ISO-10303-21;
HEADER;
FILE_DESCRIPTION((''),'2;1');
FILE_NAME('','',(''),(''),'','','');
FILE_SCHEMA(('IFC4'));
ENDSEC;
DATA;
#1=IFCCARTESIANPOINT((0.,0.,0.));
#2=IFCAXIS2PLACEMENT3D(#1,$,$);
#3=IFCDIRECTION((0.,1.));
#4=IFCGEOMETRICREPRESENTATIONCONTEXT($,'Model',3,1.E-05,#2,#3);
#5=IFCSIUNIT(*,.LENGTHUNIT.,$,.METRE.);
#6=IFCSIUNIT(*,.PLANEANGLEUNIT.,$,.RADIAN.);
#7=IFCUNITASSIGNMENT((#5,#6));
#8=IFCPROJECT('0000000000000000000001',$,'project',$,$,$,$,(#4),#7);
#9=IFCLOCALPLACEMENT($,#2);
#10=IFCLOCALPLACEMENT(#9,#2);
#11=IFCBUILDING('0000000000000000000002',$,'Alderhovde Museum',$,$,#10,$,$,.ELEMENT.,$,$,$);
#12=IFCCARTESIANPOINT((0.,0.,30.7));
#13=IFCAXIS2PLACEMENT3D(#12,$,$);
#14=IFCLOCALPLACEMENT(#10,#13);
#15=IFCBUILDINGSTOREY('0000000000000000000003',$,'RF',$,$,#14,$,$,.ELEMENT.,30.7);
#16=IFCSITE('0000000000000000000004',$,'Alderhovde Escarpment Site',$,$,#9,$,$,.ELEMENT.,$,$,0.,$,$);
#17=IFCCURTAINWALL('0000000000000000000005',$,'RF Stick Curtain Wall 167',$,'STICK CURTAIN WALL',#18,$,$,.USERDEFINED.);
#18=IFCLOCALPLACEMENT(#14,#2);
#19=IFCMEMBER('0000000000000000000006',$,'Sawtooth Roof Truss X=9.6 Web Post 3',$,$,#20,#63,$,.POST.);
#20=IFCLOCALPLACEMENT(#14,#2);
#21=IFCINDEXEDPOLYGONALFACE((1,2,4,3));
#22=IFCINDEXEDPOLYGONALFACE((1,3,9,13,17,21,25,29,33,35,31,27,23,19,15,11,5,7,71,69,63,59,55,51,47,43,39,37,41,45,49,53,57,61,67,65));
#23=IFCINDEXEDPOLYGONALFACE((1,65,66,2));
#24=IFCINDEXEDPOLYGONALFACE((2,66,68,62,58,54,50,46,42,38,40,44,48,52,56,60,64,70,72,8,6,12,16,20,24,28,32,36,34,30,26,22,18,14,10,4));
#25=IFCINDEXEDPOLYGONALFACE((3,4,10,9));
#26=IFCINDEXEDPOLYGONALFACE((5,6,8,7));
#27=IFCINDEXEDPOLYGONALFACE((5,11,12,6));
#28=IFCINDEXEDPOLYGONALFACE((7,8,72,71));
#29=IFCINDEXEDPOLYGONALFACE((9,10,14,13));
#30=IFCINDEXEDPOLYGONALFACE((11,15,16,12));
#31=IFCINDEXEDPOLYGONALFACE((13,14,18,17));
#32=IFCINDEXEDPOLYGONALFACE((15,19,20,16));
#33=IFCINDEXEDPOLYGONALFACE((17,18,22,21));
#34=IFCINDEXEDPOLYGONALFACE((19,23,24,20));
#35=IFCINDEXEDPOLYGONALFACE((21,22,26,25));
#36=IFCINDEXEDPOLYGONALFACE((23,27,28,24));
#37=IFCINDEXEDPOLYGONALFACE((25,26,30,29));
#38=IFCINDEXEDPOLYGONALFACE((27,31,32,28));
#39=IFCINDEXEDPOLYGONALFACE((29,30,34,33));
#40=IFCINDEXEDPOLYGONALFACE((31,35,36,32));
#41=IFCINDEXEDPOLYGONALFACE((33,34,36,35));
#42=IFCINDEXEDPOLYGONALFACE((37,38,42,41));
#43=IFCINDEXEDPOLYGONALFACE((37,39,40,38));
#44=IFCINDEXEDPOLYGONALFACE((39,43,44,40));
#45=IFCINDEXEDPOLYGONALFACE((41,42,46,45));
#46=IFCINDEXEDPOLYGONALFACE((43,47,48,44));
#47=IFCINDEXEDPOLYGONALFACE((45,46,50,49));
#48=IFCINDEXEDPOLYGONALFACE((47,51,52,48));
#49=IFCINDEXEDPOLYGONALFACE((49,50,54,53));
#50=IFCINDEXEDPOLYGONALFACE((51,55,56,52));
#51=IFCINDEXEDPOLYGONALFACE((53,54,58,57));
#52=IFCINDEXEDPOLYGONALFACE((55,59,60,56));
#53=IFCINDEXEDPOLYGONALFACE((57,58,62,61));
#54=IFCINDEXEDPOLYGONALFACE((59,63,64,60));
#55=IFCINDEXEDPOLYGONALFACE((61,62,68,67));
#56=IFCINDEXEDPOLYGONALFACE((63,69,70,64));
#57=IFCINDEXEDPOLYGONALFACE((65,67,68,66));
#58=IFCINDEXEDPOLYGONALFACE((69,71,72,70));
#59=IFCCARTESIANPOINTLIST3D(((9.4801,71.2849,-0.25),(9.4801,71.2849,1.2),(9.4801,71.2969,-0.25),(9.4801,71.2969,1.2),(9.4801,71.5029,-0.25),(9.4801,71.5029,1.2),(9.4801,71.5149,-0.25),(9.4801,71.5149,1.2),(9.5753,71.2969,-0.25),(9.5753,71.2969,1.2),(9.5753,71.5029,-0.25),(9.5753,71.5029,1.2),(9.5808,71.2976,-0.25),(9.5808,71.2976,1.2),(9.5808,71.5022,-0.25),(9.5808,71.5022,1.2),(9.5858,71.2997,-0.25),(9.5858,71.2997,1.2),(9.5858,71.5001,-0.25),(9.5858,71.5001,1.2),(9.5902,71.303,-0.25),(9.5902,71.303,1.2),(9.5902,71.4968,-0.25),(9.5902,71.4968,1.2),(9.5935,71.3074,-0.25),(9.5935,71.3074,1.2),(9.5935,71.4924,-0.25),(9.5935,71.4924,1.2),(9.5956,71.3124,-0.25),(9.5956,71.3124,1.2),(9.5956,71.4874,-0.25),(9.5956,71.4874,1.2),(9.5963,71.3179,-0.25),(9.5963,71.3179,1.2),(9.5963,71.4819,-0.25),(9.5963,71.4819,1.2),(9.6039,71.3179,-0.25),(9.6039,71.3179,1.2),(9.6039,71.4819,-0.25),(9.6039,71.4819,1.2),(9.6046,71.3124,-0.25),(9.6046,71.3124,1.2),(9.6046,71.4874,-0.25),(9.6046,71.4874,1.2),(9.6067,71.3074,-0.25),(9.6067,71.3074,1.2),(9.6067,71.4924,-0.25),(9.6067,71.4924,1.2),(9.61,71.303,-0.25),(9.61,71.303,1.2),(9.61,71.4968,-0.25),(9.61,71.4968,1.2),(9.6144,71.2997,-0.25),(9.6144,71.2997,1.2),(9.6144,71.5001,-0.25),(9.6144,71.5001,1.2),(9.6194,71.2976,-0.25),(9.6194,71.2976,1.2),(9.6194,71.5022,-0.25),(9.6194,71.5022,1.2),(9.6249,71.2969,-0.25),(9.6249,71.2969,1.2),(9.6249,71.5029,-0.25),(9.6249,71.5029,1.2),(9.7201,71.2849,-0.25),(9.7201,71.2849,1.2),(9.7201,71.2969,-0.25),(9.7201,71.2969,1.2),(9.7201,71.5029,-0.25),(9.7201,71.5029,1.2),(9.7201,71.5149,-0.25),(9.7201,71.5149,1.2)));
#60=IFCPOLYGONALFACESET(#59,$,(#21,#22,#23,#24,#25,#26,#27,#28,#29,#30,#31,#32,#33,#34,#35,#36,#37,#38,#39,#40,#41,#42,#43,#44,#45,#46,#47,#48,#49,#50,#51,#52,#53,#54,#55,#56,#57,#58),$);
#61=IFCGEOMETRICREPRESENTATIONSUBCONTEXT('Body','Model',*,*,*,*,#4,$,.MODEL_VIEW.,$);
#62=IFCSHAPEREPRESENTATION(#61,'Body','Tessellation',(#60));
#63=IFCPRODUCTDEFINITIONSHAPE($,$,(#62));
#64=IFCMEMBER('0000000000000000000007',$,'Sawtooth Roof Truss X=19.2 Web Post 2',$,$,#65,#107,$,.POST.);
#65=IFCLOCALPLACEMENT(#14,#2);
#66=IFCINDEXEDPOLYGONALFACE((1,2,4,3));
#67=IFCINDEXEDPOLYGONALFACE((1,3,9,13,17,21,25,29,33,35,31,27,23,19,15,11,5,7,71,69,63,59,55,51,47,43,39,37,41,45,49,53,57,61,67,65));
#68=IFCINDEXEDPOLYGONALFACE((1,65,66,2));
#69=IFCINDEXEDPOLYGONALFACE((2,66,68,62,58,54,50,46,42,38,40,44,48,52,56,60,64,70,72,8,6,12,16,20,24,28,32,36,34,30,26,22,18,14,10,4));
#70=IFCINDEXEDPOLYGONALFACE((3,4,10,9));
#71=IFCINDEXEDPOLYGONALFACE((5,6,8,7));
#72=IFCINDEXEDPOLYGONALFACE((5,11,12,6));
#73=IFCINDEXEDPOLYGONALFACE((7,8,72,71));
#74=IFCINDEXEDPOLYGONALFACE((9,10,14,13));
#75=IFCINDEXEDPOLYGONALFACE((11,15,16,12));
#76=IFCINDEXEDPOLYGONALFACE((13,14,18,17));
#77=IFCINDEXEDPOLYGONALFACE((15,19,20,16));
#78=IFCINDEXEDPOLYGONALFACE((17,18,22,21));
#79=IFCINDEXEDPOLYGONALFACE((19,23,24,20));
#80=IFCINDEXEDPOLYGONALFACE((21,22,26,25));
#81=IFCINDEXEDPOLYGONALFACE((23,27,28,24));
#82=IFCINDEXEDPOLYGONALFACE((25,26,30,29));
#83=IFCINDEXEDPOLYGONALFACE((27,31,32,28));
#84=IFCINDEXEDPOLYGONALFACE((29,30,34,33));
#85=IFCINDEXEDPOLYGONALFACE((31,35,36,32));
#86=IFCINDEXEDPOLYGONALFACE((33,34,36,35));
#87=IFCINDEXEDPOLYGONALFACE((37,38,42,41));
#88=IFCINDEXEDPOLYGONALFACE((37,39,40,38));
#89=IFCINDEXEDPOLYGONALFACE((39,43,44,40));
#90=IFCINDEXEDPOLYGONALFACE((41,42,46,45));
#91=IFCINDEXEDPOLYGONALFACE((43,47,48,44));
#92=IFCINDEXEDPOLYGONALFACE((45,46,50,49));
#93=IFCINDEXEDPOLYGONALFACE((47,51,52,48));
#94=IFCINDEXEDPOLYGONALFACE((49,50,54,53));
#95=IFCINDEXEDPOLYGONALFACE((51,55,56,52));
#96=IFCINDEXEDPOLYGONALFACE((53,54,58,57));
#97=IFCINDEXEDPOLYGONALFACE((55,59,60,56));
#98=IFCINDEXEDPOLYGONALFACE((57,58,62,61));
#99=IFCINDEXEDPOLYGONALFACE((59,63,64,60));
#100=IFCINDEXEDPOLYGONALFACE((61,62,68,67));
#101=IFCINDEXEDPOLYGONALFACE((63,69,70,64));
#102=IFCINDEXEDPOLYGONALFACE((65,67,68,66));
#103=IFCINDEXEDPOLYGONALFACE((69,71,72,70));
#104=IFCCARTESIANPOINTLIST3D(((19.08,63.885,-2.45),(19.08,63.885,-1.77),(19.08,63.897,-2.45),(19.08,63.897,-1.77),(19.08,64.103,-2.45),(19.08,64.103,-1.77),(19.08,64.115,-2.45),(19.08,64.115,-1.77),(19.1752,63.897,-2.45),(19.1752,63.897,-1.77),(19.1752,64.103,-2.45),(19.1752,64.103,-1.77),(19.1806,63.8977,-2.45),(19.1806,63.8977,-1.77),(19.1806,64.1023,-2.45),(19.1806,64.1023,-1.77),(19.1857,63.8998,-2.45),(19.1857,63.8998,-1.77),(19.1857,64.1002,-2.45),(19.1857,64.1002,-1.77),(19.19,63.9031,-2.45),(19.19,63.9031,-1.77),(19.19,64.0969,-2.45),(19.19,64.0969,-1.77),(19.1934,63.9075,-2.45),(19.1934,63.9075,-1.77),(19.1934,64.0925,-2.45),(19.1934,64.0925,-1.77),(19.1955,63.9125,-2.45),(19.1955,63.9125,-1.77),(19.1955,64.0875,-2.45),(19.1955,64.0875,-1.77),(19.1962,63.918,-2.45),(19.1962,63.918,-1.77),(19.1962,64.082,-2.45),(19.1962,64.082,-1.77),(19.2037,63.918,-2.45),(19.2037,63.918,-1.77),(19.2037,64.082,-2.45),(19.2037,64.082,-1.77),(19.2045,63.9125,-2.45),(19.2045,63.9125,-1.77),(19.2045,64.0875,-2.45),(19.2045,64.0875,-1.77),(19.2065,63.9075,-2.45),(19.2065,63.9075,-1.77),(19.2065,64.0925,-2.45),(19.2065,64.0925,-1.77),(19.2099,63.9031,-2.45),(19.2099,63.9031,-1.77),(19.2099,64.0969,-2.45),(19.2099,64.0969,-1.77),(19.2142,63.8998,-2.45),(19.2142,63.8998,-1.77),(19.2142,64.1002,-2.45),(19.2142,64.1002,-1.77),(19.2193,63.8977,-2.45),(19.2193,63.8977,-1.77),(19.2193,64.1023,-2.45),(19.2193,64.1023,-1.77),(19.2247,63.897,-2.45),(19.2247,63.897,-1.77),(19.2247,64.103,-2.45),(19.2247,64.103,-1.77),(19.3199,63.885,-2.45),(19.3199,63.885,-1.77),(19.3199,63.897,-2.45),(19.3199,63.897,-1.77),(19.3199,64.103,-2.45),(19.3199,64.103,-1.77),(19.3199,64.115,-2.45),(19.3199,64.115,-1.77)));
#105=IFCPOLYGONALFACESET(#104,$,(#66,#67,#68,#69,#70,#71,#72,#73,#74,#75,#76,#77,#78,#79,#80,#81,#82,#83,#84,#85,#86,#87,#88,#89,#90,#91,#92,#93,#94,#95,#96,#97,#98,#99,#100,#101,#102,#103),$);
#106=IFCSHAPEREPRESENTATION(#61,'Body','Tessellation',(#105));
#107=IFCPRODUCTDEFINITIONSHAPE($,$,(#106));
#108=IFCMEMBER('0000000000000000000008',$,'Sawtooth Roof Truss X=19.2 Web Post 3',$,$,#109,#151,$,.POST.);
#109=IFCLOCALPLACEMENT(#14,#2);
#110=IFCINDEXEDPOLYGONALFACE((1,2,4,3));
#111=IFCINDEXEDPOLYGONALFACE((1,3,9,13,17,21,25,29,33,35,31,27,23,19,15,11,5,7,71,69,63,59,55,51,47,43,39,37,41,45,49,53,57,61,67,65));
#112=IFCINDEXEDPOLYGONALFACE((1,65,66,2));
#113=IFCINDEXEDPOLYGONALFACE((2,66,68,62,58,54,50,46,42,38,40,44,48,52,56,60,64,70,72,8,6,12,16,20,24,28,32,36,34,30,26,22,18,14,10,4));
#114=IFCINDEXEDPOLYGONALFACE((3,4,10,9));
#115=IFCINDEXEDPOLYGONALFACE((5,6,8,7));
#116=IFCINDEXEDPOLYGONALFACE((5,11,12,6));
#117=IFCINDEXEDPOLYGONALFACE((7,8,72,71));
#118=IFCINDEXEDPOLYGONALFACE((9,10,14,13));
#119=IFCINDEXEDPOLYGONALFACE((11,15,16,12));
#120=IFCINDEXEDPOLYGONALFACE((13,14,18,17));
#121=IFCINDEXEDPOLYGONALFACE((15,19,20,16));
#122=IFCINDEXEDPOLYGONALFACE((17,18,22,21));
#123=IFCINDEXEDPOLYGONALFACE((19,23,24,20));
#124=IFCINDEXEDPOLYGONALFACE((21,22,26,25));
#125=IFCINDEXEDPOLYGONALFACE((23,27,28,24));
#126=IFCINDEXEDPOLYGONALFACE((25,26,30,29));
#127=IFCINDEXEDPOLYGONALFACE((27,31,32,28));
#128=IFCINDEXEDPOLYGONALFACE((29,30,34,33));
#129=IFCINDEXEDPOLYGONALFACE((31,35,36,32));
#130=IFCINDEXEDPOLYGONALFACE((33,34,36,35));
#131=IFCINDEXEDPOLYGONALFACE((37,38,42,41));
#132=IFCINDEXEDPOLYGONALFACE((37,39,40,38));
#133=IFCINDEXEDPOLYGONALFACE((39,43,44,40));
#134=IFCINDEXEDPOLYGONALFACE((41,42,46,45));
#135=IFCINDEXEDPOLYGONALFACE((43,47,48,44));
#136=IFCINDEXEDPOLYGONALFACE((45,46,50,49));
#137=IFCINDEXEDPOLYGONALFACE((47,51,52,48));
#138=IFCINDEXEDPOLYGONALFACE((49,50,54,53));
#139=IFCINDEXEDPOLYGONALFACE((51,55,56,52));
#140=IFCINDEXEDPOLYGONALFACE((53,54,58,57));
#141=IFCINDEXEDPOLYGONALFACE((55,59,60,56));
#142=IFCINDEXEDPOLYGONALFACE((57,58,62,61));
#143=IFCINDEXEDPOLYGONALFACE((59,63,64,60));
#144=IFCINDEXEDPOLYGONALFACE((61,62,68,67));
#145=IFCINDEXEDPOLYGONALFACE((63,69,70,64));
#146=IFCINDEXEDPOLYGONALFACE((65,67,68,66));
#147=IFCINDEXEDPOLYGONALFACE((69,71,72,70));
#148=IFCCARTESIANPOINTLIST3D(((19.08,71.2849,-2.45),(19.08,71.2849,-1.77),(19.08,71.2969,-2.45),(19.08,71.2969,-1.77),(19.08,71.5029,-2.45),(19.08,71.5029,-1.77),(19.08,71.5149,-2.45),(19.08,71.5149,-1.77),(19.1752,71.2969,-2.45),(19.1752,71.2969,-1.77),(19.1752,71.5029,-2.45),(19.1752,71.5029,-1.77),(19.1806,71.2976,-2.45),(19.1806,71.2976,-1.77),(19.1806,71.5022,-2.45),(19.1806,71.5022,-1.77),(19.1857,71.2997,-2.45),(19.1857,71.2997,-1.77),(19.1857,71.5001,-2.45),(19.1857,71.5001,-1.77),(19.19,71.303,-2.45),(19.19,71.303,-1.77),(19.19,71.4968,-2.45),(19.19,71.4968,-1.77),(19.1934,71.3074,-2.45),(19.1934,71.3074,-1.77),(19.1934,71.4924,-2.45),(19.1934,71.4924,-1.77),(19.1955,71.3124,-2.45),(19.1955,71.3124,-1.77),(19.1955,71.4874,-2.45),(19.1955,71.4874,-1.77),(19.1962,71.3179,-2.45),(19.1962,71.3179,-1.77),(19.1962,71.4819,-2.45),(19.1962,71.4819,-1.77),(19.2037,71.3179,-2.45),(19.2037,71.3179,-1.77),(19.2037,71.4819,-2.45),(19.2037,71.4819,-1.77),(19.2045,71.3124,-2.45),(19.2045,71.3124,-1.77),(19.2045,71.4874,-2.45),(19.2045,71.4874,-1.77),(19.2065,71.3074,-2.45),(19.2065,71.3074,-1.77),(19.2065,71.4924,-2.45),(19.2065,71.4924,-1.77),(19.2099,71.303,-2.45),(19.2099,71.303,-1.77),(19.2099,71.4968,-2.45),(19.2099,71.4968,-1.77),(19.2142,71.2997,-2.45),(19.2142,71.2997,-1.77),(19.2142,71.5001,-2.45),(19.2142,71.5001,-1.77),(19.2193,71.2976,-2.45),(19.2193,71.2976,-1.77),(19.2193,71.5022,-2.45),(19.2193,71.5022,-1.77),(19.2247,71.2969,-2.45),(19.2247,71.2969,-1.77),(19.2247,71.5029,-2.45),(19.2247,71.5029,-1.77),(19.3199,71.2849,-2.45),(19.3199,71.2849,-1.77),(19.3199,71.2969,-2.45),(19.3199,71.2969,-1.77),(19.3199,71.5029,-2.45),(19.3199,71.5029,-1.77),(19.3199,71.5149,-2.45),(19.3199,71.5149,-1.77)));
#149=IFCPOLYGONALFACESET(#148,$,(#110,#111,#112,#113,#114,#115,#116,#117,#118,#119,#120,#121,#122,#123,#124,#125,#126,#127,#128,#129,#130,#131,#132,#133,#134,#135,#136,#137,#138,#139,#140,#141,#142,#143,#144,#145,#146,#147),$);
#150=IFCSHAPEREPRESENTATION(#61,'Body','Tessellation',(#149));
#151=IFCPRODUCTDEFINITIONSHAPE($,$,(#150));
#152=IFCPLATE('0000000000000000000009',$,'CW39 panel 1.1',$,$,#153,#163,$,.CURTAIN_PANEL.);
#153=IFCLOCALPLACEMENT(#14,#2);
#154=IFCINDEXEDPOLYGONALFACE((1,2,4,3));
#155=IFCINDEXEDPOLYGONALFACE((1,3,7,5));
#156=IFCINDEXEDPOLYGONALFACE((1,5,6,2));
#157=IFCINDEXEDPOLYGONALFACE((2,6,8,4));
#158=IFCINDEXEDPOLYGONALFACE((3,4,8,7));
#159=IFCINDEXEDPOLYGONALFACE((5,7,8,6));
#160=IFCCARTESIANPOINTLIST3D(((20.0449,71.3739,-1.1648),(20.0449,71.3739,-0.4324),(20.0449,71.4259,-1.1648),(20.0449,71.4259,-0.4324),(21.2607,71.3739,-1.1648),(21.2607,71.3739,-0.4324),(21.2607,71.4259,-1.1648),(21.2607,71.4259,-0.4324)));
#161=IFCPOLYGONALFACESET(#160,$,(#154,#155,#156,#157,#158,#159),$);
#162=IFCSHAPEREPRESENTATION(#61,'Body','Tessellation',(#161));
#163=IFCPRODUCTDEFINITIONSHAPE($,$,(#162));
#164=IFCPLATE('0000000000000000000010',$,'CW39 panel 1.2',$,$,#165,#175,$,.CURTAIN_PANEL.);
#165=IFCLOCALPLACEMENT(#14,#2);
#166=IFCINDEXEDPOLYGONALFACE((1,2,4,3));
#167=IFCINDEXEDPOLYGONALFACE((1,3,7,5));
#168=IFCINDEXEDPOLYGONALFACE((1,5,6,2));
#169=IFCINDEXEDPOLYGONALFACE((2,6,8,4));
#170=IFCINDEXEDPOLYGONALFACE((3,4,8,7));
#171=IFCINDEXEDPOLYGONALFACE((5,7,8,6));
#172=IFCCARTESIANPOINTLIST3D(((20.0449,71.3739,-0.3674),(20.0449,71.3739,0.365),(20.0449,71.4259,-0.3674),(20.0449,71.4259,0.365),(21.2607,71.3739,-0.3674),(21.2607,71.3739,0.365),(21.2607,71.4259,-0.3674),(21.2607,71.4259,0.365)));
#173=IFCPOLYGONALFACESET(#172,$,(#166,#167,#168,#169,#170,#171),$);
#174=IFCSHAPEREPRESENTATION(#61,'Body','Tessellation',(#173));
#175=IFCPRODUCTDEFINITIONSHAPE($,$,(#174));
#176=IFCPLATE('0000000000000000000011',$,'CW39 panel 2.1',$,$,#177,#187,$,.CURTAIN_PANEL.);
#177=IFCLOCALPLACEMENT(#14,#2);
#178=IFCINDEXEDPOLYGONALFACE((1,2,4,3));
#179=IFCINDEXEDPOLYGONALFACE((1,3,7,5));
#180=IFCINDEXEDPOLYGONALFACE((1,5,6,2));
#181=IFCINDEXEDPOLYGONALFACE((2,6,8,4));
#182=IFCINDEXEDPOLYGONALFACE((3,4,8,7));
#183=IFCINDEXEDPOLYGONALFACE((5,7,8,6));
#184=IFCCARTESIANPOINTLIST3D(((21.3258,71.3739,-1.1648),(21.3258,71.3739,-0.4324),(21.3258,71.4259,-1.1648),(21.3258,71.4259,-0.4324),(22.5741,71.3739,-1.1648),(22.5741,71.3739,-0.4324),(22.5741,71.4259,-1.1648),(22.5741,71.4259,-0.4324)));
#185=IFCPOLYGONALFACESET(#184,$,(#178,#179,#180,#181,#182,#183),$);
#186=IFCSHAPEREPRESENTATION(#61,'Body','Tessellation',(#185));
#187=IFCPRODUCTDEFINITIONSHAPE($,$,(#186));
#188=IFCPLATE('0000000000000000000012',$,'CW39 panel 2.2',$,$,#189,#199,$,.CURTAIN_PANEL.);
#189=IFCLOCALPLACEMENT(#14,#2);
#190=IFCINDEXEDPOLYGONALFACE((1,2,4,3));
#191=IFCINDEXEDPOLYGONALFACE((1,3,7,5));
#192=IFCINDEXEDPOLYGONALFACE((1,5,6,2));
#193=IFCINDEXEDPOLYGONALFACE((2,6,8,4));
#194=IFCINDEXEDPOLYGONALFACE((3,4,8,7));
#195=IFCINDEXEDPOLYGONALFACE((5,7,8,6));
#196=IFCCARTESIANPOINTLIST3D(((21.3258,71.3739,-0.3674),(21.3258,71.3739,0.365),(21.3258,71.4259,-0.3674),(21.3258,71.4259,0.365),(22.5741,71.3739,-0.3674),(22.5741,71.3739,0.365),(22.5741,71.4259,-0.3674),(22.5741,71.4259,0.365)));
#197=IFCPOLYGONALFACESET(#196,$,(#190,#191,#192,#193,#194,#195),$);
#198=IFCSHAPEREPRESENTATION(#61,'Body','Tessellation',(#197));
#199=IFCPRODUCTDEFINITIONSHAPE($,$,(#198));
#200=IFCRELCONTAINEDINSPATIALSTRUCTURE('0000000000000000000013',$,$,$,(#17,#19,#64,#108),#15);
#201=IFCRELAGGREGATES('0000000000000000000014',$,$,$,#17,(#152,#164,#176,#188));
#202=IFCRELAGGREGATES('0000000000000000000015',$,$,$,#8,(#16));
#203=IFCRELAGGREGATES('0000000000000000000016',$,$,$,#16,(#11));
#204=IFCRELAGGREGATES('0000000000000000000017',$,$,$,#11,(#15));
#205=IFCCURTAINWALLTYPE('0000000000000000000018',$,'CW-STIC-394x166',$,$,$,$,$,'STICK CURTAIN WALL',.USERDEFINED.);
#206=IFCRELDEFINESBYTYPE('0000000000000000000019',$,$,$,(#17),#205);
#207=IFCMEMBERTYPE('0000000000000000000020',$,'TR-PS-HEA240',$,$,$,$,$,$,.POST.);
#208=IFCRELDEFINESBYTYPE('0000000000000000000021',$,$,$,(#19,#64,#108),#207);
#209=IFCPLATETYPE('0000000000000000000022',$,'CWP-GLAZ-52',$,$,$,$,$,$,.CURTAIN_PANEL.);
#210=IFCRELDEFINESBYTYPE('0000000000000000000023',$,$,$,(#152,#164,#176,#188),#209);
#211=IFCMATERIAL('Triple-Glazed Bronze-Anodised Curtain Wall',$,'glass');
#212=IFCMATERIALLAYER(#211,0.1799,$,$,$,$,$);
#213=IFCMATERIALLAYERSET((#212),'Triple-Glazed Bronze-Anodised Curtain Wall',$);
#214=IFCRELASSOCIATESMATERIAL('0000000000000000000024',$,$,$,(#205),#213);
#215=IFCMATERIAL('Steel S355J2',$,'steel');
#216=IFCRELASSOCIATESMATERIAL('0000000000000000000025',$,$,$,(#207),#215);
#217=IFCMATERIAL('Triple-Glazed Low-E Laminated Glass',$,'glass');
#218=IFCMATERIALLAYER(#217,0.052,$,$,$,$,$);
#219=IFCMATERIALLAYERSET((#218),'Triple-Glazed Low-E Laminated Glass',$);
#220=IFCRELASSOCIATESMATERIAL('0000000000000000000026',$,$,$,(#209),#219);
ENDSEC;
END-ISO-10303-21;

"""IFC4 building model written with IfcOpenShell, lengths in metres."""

from ifc_helpers import new_model, si_unit, direction, frame, origin, origin_2d, place, context, subcontext, project, spatial, rectangle, i_section, extrude, material, layer, layer_set, material_profile, profile_set, type_object, element, aggregate, save


model = new_model("IFC4")

# Units and contexts
model_context = context("Model", 3, precision=1e-05, world=origin(), true_north=direction((0.0, 1.0)))
body_context = subcontext(model_context, "Body", "Model", "MODEL_VIEW")
ifc_project = project(units=[si_unit("LENGTHUNIT", "METRE"), si_unit("PLANEANGLEUNIT", "RADIAN")], contexts=[model_context])

# Site, building, storey
site_placement = place(None, origin())
site = spatial("IfcSite", under=ifc_project, at=site_placement, Name="Alderhovde Escarpment Site", CompositionType="ELEMENT", RefElevation=0.0)
building_placement = place(site_placement, origin())
building = spatial("IfcBuilding", under=site, at=building_placement, Name="Alderhovde Museum", CompositionType="ELEMENT")
storey_placement = place(building_placement, frame((0.0, 0.0, 30.7)))
storey = spatial("IfcBuildingStorey", under=building, at=storey_placement, Name="RF", CompositionType="ELEMENT", Elevation=30.7)

# Curtain wall
ifc_material_1 = material(Name="Triple-Glazed Bronze-Anodised Curtain Wall", Category="glass")
ifc_layer_1 = layer(ifc_material_1, 0.1799)
ifc_layer_set_1 = layer_set([ifc_layer_1], Name="Triple-Glazed Bronze-Anodised Curtain Wall")
curtain_wall_type = type_object("IfcCurtainWallType", Name="CW-STIC-394x166", ElementType="STICK CURTAIN WALL", PredefinedType="USERDEFINED", material=ifc_layer_set_1)
curtain_wall_placement = place(storey_placement, origin())
curtain_wall = element("IfcCurtainWall", 1, at=curtain_wall_placement, inside=storey, type_object=curtain_wall_type, Name="RF Stick Curtain Wall 167", ObjectType="STICK CURTAIN WALL", PredefinedType="USERDEFINED")

# Members
ifc_material_2 = material(Name="Steel S355J2", Category="steel")
ifc_material_profile_1 = material_profile(ifc_material_2, i_section(OverallWidth=0.24, OverallDepth=0.23, WebThickness=0.0076, FlangeThickness=0.012, FilletRadius=0.021, at=origin_2d()), Name="HEA 240")
ifc_profile_set_1 = profile_set([ifc_material_profile_1], Name="Steel S355J2")
member_type_1 = type_object("IfcMemberType", Name="TR-PS-HEA240", PredefinedType="POST", material=ifc_profile_set_1)
member_1_placement = place(storey_placement, frame((9.6001, 71.3999, -0.25), z_axis=(0.0, 0.0, 1.0), x_axis=(1.0, 0.0, 0.0)))
element("IfcMember", 2, at=member_1_placement, inside=storey, type_object=member_type_1, Name="Sawtooth Roof Truss X=9.6 Web Post 3", PredefinedType="POST", context=body_context, shape_type="SweptSolid", body=[
    extrude(i_section(OverallWidth=0.24, OverallDepth=0.23, WebThickness=0.0076, FlangeThickness=0.012, FilletRadius=0.021, at=origin_2d()), origin(), (0.0, 0.0, 1.0), 1.45),
])
for number, where, z_axis, x_axis, name in (
    (3, (19.2, 64.0, -2.45), (0.0, 0.0, 1.0), (1.0, 0.0, 0.0), "Sawtooth Roof Truss X=19.2 Web Post 2"),
    (4, (19.2, 71.3999, -2.45), (0.0, 0.0, 1.0), (1.0, 0.0, 0.0), "Sawtooth Roof Truss X=19.2 Web Post 3"),
):
    element("IfcMember", number, at=place(storey_placement, frame(where, z_axis=z_axis, x_axis=x_axis)), inside=storey, type_object=member_type_1, Name=name, PredefinedType="POST", context=body_context, shape_type="SweptSolid", body=[
        extrude(i_section(OverallWidth=0.24, OverallDepth=0.23, WebThickness=0.0076, FlangeThickness=0.012, FilletRadius=0.021, at=origin_2d()), origin(), (0.0, 0.0, 1.0), 0.6799),
    ])

# Plates
ifc_material_3 = material(Name="Triple-Glazed Low-E Laminated Glass", Category="glass")
ifc_layer_2 = layer(ifc_material_3, 0.052)
ifc_layer_set_2 = layer_set([ifc_layer_2], Name="Triple-Glazed Low-E Laminated Glass")
plate_type_1 = type_object("IfcPlateType", Name="CWP-GLAZ-52", PredefinedType="CURTAIN_PANEL", material=ifc_layer_set_2)
plate_1_placement = place(storey_placement, frame((20.6528, 71.3999, -1.1648), z_axis=(0.0, 0.0, 1.0), x_axis=(1.0, 0.0, 0.0)))
plate_1 = element("IfcPlate", 5, at=plate_1_placement, type_object=plate_type_1, Name="CW39 panel 1.1", PredefinedType="CURTAIN_PANEL", context=body_context, shape_type="SweptSolid", body=[
    extrude(rectangle(XDim=1.2158, YDim=0.052, at=origin_2d()), origin(), (0.0, 0.0, 1.0), 0.7324),
])
plate_2_placement = place(storey_placement, frame((20.6528, 71.3999, -0.3674), z_axis=(0.0, 0.0, 1.0), x_axis=(1.0, 0.0, 0.0)))
plate_2 = element("IfcPlate", 6, at=plate_2_placement, type_object=plate_type_1, Name="CW39 panel 1.2", PredefinedType="CURTAIN_PANEL", context=body_context, shape_type="SweptSolid", body=[
    extrude(rectangle(XDim=1.2158, YDim=0.052, at=origin_2d()), origin(), (0.0, 0.0, 1.0), 0.7324),
])
plate_3_placement = place(storey_placement, frame((21.95, 71.3999, -1.1648), z_axis=(0.0, 0.0, 1.0), x_axis=(1.0, 0.0, 0.0)))
plate_3 = element("IfcPlate", 7, at=plate_3_placement, type_object=plate_type_1, Name="CW39 panel 2.1", PredefinedType="CURTAIN_PANEL", context=body_context, shape_type="SweptSolid", body=[
    extrude(rectangle(XDim=1.2483, YDim=0.052, at=origin_2d()), origin(), (0.0, 0.0, 1.0), 0.7324),
])
plate_4_placement = place(storey_placement, frame((21.95, 71.3999, -0.3674), z_axis=(0.0, 0.0, 1.0), x_axis=(1.0, 0.0, 0.0)))
plate_4 = element("IfcPlate", 8, at=plate_4_placement, type_object=plate_type_1, Name="CW39 panel 2.2", PredefinedType="CURTAIN_PANEL", context=body_context, shape_type="SweptSolid", body=[
    extrude(rectangle(XDim=1.2483, YDim=0.052, at=origin_2d()), origin(), (0.0, 0.0, 1.0), 0.7324),
])
aggregate(curtain_wall, [plate_1, plate_2, plate_3, plate_4])

save(model, "model.ifc")
